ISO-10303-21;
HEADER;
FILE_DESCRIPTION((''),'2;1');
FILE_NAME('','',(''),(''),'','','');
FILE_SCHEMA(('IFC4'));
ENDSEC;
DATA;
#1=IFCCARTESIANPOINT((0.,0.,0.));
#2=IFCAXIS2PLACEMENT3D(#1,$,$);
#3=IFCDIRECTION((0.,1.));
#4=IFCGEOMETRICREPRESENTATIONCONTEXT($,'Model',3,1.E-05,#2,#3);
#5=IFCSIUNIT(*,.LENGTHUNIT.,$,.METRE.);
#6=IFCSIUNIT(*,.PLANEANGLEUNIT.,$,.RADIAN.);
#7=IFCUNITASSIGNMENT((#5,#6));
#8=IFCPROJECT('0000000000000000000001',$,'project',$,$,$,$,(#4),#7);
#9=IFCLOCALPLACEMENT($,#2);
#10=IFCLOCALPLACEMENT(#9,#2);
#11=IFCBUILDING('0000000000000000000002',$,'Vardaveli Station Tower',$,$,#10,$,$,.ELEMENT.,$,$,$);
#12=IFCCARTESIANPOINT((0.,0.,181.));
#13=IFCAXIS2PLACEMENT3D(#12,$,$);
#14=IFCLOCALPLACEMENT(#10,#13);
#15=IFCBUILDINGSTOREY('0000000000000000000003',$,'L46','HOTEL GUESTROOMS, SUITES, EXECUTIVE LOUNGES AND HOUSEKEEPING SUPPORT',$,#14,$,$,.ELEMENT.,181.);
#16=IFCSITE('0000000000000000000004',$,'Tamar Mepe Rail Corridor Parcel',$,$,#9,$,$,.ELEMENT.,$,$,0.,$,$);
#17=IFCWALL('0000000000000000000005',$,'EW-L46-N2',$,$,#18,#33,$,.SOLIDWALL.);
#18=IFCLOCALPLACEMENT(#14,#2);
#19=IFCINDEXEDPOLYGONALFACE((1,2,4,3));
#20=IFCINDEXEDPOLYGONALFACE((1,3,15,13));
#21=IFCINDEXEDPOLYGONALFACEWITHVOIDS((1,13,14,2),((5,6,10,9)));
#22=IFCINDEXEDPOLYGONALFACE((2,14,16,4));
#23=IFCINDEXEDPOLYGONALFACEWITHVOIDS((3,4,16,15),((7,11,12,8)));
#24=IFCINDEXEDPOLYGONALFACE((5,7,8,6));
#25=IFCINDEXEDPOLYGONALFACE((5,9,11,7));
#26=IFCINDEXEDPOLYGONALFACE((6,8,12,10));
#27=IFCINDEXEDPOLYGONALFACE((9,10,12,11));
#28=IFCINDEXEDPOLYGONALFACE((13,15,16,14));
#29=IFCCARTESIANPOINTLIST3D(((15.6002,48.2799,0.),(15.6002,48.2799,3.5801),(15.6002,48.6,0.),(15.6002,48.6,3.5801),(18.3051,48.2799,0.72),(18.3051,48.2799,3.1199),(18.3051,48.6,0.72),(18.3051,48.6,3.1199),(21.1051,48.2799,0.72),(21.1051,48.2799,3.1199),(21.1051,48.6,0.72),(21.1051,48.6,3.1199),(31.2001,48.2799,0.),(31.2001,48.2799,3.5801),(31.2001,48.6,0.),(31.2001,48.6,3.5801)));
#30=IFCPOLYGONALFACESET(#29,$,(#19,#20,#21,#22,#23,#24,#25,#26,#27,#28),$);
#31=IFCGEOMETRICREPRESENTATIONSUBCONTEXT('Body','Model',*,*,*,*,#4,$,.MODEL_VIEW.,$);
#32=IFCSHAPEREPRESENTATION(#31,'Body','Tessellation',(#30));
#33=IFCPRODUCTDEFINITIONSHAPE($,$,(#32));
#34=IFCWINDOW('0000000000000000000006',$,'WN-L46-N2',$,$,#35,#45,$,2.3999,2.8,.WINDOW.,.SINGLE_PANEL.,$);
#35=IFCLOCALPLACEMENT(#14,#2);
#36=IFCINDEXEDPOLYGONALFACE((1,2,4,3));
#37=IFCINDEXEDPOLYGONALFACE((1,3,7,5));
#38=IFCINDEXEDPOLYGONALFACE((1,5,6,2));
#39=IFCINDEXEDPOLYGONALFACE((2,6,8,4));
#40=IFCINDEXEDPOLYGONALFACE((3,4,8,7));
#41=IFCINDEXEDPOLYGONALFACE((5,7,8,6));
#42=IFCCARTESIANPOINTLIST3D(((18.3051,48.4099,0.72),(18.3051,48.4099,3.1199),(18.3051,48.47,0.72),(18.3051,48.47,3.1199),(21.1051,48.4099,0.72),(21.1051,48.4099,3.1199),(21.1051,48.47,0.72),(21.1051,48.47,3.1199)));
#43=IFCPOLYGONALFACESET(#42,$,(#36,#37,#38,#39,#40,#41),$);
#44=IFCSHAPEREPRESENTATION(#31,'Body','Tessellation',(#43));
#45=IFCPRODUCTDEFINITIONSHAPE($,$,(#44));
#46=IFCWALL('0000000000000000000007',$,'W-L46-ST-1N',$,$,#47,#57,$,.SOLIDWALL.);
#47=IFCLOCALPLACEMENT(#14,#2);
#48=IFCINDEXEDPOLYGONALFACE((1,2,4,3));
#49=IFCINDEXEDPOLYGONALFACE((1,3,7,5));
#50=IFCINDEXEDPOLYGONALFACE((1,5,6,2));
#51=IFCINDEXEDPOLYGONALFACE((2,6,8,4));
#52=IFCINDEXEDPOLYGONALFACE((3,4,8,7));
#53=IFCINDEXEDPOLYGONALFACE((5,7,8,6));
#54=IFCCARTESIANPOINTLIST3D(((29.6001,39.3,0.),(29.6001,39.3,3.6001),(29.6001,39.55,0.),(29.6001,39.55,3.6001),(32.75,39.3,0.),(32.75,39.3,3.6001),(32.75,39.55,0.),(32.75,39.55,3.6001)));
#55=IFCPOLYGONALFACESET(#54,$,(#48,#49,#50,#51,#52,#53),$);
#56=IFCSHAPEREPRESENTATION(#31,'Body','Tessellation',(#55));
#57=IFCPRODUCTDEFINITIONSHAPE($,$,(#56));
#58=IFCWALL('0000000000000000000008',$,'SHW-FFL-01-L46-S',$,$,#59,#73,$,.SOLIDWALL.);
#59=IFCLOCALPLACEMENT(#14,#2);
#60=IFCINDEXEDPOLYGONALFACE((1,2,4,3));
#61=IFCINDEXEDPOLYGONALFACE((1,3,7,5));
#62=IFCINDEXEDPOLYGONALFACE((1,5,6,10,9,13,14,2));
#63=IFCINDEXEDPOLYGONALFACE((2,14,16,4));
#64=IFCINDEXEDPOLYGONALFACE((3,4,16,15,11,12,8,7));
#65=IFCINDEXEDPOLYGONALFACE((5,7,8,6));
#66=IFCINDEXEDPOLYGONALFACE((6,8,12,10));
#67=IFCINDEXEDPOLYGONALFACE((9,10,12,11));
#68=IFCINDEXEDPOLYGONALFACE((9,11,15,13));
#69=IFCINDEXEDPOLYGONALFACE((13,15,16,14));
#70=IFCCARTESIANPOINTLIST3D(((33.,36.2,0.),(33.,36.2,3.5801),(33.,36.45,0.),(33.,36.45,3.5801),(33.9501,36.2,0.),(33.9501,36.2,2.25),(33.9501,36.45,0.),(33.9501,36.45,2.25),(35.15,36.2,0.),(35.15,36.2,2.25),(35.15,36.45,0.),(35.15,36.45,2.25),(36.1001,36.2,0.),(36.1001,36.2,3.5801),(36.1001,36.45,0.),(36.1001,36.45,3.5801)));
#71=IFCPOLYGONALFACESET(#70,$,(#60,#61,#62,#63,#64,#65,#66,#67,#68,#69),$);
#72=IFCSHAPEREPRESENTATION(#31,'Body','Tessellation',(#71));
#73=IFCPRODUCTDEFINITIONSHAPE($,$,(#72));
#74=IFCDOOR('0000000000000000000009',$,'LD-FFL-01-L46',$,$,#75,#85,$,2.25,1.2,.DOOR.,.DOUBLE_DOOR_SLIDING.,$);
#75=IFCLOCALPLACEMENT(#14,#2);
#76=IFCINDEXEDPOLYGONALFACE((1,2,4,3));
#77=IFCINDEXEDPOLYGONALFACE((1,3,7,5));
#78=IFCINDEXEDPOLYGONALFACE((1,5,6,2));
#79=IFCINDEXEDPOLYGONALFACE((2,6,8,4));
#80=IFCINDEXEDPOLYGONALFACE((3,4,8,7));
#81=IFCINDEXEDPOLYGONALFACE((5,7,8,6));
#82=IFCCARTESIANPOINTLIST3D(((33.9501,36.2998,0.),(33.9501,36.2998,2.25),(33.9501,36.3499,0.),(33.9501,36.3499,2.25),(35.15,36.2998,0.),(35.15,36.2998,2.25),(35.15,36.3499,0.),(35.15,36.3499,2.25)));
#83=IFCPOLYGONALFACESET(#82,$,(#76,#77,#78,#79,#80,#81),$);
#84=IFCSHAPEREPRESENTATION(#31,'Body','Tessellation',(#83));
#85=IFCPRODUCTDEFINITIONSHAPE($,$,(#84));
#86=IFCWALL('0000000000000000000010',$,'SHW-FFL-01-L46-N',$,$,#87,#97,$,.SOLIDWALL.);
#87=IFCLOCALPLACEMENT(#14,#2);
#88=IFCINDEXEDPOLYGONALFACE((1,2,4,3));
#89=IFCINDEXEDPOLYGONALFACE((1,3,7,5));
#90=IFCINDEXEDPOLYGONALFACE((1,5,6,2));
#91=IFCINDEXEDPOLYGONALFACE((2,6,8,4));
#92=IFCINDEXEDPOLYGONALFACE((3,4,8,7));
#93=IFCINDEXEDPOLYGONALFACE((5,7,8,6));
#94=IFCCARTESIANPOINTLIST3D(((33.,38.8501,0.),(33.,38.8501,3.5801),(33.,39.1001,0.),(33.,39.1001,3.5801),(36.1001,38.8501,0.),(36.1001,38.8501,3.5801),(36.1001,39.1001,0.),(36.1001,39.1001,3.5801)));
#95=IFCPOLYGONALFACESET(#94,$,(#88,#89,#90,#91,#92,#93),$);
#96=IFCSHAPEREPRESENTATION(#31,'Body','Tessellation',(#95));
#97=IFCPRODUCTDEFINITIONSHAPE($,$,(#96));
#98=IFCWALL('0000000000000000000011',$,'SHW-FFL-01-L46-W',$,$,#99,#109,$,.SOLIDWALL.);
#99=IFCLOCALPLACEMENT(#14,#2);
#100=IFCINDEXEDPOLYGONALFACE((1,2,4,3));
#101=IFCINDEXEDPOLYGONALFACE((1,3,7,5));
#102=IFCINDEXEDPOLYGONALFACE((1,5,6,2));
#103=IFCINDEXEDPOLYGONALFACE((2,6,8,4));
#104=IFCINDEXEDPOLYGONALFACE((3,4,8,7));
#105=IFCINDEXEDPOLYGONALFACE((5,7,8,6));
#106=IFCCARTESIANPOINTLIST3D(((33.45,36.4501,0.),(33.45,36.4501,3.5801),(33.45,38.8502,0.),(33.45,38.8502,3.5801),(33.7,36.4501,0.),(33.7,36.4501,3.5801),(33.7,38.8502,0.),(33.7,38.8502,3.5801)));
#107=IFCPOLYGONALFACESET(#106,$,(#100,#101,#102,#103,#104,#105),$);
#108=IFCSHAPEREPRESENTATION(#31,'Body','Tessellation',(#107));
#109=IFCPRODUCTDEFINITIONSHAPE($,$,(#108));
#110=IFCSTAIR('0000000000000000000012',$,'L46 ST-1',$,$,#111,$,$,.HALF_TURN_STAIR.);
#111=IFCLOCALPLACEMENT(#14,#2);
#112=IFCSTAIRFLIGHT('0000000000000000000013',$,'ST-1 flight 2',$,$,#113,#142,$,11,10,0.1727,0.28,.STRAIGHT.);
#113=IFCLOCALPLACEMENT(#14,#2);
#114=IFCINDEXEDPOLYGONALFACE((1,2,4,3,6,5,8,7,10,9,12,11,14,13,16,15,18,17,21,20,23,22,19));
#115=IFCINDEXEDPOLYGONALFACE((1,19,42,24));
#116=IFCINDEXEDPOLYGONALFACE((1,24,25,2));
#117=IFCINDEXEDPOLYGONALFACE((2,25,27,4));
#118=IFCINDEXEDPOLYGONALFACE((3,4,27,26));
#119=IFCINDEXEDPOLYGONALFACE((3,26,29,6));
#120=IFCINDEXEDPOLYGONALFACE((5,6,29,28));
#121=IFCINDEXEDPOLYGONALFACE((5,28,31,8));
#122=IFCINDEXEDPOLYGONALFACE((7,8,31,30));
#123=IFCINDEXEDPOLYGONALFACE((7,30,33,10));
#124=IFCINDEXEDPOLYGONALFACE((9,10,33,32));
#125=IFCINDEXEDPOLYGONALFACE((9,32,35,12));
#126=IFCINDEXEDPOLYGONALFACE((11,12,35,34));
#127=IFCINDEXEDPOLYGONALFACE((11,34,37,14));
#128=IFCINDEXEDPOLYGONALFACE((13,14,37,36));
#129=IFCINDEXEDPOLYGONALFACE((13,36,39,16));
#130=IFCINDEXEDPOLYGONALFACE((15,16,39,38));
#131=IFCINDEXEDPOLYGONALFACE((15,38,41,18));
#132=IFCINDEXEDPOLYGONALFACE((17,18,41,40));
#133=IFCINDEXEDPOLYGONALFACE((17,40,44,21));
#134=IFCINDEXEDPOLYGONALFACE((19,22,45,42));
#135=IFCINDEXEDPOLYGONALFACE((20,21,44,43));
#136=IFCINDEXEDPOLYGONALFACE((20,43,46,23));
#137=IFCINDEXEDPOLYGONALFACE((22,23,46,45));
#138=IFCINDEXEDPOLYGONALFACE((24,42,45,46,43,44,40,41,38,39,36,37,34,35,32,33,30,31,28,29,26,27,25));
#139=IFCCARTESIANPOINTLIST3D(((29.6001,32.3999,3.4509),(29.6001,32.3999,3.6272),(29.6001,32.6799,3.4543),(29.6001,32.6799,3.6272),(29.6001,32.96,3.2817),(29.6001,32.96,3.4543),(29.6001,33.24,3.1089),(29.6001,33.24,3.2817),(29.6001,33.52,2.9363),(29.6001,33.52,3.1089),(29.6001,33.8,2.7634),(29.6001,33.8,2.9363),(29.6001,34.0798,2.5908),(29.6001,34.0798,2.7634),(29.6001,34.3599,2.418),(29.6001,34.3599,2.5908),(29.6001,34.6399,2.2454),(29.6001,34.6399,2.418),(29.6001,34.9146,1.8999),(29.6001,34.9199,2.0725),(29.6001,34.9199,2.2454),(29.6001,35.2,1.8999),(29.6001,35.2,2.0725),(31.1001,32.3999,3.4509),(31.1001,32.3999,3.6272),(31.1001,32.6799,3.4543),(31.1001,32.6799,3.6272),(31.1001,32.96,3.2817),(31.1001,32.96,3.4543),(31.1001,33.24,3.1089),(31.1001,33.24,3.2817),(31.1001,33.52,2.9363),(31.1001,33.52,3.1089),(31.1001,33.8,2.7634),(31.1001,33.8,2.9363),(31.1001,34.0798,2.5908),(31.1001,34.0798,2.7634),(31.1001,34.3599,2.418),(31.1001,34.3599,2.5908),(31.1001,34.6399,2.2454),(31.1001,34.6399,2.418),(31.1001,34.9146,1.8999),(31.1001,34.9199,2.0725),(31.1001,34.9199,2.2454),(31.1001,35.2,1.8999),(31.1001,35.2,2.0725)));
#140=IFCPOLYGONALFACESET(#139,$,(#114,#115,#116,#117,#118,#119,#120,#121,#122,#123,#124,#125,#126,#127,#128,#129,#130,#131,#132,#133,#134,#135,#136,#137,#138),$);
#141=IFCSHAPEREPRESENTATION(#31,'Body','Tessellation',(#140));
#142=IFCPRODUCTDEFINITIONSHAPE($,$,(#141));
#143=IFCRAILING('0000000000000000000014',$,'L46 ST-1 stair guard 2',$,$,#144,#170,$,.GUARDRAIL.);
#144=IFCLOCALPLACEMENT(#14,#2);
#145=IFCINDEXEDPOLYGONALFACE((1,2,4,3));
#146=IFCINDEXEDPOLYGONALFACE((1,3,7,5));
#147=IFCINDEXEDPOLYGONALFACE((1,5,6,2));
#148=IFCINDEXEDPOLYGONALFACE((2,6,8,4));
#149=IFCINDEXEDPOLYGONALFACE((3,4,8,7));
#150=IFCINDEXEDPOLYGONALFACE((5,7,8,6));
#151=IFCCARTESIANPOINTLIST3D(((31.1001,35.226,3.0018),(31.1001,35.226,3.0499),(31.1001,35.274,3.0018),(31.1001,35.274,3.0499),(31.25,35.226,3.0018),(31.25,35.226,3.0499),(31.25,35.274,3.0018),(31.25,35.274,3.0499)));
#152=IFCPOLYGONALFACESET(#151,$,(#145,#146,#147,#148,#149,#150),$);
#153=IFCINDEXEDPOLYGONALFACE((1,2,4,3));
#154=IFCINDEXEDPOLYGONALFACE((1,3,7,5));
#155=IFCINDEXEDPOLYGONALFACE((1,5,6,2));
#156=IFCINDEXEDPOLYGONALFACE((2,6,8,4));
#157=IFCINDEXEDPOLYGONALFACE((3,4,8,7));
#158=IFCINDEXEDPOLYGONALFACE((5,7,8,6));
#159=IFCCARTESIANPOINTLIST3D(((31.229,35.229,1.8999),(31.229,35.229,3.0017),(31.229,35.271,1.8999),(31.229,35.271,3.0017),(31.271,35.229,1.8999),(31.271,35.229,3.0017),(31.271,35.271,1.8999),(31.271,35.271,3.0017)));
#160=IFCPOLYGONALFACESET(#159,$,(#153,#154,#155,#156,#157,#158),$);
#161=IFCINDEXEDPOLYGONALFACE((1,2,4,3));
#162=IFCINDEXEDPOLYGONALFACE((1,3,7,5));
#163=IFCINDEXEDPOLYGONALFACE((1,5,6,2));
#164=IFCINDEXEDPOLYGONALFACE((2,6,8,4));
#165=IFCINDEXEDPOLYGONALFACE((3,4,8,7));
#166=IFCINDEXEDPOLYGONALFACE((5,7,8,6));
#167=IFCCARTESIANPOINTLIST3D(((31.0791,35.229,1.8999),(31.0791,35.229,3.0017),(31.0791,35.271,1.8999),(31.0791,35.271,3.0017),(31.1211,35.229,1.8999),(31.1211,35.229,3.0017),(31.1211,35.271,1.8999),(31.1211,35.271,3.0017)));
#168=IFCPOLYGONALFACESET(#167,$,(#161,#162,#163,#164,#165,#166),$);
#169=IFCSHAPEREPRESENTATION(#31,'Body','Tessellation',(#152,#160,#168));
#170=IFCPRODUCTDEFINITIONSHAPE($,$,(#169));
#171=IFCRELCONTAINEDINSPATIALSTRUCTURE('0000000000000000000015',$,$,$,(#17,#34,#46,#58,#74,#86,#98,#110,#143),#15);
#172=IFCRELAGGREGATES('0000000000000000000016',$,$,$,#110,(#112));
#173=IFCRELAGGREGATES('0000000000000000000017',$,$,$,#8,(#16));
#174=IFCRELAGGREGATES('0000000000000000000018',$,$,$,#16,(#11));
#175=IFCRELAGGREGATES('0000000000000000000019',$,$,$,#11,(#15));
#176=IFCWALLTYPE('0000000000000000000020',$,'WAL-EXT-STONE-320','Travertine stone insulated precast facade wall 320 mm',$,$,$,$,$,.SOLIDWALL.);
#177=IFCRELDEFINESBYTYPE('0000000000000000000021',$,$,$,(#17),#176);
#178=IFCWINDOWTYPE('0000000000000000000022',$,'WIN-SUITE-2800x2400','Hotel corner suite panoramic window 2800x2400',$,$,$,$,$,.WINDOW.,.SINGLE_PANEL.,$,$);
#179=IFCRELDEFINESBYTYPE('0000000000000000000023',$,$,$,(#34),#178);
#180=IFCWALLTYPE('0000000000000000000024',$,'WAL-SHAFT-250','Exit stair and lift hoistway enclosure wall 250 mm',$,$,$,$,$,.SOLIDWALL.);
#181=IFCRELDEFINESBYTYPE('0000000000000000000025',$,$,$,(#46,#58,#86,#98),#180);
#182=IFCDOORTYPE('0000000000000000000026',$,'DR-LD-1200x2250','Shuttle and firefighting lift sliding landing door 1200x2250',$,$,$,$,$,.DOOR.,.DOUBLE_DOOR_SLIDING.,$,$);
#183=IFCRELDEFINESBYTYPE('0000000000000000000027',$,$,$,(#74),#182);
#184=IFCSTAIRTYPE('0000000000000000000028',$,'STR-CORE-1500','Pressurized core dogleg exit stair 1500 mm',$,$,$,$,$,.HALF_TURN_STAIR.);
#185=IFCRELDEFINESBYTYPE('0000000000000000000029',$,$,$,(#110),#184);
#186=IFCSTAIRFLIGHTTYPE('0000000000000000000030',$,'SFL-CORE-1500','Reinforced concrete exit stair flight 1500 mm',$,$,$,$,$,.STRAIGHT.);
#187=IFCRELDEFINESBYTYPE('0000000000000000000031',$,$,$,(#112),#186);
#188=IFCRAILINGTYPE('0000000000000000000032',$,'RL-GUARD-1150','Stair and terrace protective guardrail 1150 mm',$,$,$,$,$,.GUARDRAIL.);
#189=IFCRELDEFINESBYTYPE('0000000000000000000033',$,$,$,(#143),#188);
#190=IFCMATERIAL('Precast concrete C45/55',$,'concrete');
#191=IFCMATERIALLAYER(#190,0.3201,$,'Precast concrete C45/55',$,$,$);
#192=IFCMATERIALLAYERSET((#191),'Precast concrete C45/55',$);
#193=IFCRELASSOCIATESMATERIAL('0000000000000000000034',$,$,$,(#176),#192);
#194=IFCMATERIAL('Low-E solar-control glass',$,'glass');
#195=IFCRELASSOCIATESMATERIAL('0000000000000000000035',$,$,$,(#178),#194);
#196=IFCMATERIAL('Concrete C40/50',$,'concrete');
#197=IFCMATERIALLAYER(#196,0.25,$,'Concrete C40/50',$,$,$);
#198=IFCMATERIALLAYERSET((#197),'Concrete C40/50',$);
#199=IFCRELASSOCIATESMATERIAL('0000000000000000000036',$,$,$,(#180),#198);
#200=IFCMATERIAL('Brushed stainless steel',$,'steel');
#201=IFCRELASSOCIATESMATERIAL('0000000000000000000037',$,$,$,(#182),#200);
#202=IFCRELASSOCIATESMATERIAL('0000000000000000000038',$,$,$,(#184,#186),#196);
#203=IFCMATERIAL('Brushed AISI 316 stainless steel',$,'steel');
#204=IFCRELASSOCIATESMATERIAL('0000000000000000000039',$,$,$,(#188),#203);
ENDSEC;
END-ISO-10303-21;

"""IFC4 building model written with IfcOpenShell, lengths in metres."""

from ifc_helpers import new_model, si_unit, direction, frame, frame_2d, origin, origin_2d, place, context, subcontext, project, spatial, polyline, rectangle, outline, extrude, source, transform, mapped, material, layer, layer_set, type_object, element, fill, aggregate, save


model = new_model("IFC4")

# Units and contexts
model_context = context("Model", 3, precision=1e-05, world=origin(), true_north=direction((0.0, 1.0)))
body_context = subcontext(model_context, "Body", "Model", "MODEL_VIEW")
ifc_project = project(units=[si_unit("LENGTHUNIT", "METRE"), si_unit("PLANEANGLEUNIT", "RADIAN")], contexts=[model_context])

# Site, building, storey
site_placement = place(None, origin())
site = spatial("IfcSite", under=ifc_project, at=site_placement, Name="Tamar Mepe Rail Corridor Parcel", CompositionType="ELEMENT", RefElevation=0.0)
building_placement = place(site_placement, origin())
building = spatial("IfcBuilding", under=site, at=building_placement, Name="Vardaveli Station Tower", CompositionType="ELEMENT")
storey_placement = place(building_placement, frame((0.0, 0.0, 181.0)))
storey = spatial("IfcBuildingStorey", under=building, at=storey_placement, Name="L46", Description="HOTEL GUESTROOMS, SUITES, EXECUTIVE LOUNGES AND HOUSEKEEPING SUPPORT", CompositionType="ELEMENT", Elevation=181.0)

# Shared definitions
ifc_material_1 = material(Name="Precast concrete C45/55", Category="concrete")

# Wall, opening, window
ifc_layer_1 = layer(ifc_material_1, 0.3201, Name="Precast concrete C45/55")
ifc_layer_set_1 = layer_set([ifc_layer_1], Name="Precast concrete C45/55")
wall_type_1 = type_object("IfcWallType", Name="WAL-EXT-STONE-320", Description="Travertine stone insulated precast facade wall 320 mm", PredefinedType="SOLIDWALL", material=ifc_layer_set_1)
shared_shape_1 = source(origin(), body_context, "Body", "SweptSolid", [
    extrude(rectangle(XDim=15.5999, YDim=0.3201, at=frame_2d((7.7998, 0.0))), origin(), (0.0, 0.0, 1.0), 3.5801),
])
wall_1_placement = place(storey_placement, frame((31.2, 48.4399, 0.0), z_axis=(0.0, 0.0, 1.0), x_axis=(-1.0, 0.0, 0.0)))
wall_1 = element("IfcWall", 1, at=wall_1_placement, inside=storey, type_object=wall_type_1, Name="EW-L46-N2", PredefinedType="SOLIDWALL", context=body_context, shape_type="MappedRepresentation", body=[
    mapped(shared_shape_1, transform((0.0, 0.0, 0.0), scale=1.0)),
])
shared_shape_2 = source(origin(), body_context, "Body", "SweptSolid", [
    extrude(rectangle(XDim=2.8, YDim=2.3999, at=frame_2d((1.3999, 1.2))), frame((0.0, 0.1699, 0.0), z_axis=(0.0, -1.0, 0.0), x_axis=(1.0, 0.0, 0.0)), (0.0, 0.0, 1.0), 0.3401),
])
opening_1_placement = place(wall_1_placement, frame((10.095, 0.0, 0.72)))
opening_1 = element("IfcOpeningElement", 2, at=opening_1_placement, cuts=wall_1, PredefinedType="OPENING", context=body_context, shape_type="MappedRepresentation", body=[
    mapped(shared_shape_2, transform((0.0, 0.0, 0.0), scale=1.0)),
])
ifc_material_2 = material(Name="Low-E solar-control glass", Category="glass")
window_type = type_object("IfcWindowType", Name="WIN-SUITE-2800x2400", Description="Hotel corner suite panoramic window 2800x2400", PartitioningType="SINGLE_PANEL", PredefinedType="WINDOW", material=ifc_material_2)
shared_shape_3 = source(origin(), body_context, "Body", "SweptSolid", [
    extrude(rectangle(XDim=2.8, YDim=2.3999, at=frame_2d((1.3999, 1.2))), frame((0.0, 0.03, 0.0), z_axis=(0.0, -1.0, 0.0), x_axis=(1.0, 0.0, 0.0)), (0.0, 0.0, 1.0), 0.0601),
])
window_placement = place(opening_1_placement, origin())
window = element("IfcWindow", 3, at=window_placement, inside=storey, type_object=window_type, Name="WN-L46-N2", OverallHeight=2.3999, OverallWidth=2.8, PartitioningType="SINGLE_PANEL", PredefinedType="WINDOW", context=body_context, shape_type="MappedRepresentation", body=[
    mapped(shared_shape_3, transform((0.0, 0.0, 0.0), scale=1.0)),
])
fill(opening_1, window)

# Wall
ifc_material_3 = material(Name="Concrete C40/50", Category="concrete")
ifc_layer_2 = layer(ifc_material_3, 0.25, Name="Concrete C40/50")
ifc_layer_set_2 = layer_set([ifc_layer_2], Name="Concrete C40/50")
wall_type_2 = type_object("IfcWallType", Name="WAL-SHAFT-250", Description="Exit stair and lift hoistway enclosure wall 250 mm", PredefinedType="SOLIDWALL", material=ifc_layer_set_2)
shared_shape_4 = source(origin(), body_context, "Body", "SweptSolid", [
    extrude(rectangle(XDim=3.1499, YDim=0.25, at=frame_2d((1.575, 0.0))), origin(), (0.0, 0.0, 1.0), 3.6001),
])
wall_2_placement = place(storey_placement, frame((29.6001, 39.425, 0.0), z_axis=(0.0, 0.0, 1.0), x_axis=(1.0, 0.0, 0.0)))
element("IfcWall", 4, at=wall_2_placement, inside=storey, type_object=wall_type_2, Name="W-L46-ST-1N", PredefinedType="SOLIDWALL", context=body_context, shape_type="MappedRepresentation", body=[
    mapped(shared_shape_4, transform((0.0, 0.0, 0.0), scale=1.0)),
])

# Wall, opening, door
shared_shape_5 = source(origin(), body_context, "Body", "SweptSolid", [
    extrude(rectangle(XDim=3.1001, YDim=0.25, at=frame_2d((1.55, 0.0))), origin(), (0.0, 0.0, 1.0), 3.5801),
])
wall_3_placement = place(storey_placement, frame((33.0, 36.325, 0.0), z_axis=(0.0, 0.0, 1.0), x_axis=(1.0, 0.0, 0.0)))
wall_3 = element("IfcWall", 5, at=wall_3_placement, inside=storey, type_object=wall_type_2, Name="SHW-FFL-01-L46-S", PredefinedType="SOLIDWALL", context=body_context, shape_type="MappedRepresentation", body=[
    mapped(shared_shape_5, transform((0.0, 0.0, 0.0), scale=1.0)),
])
shared_shape_6 = source(origin(), body_context, "Body", "SweptSolid", [
    extrude(rectangle(XDim=1.2, YDim=2.25, at=frame_2d((0.6001, 1.125))), frame((0.0, 0.135, 0.0), z_axis=(0.0, -1.0, 0.0), x_axis=(1.0, 0.0, 0.0)), (0.0, 0.0, 1.0), 0.27),
])
opening_2_placement = place(wall_3_placement, frame((0.95, 0.0, 0.0)))
opening_2 = element("IfcOpeningElement", 6, at=opening_2_placement, cuts=wall_3, PredefinedType="OPENING", context=body_context, shape_type="MappedRepresentation", body=[
    mapped(shared_shape_6, transform((0.0, 0.0, 0.0), scale=1.0)),
])
ifc_material_4 = material(Name="Brushed stainless steel", Category="steel")
door_type = type_object("IfcDoorType", Name="DR-LD-1200x2250", Description="Shuttle and firefighting lift sliding landing door 1200x2250", OperationType="DOUBLE_DOOR_SLIDING", PredefinedType="DOOR", material=ifc_material_4)
shared_shape_7 = source(origin(), body_context, "Body", "SweptSolid", [
    extrude(rectangle(XDim=1.2, YDim=2.25, at=frame_2d((0.6001, 1.125))), frame((0.0, 0.0249, 0.0), z_axis=(0.0, -1.0, 0.0), x_axis=(1.0, 0.0, 0.0)), (0.0, 0.0, 1.0), 0.05),
])
door_placement = place(opening_2_placement, origin())
door = element("IfcDoor", 7, at=door_placement, inside=storey, type_object=door_type, Name="LD-FFL-01-L46", OperationType="DOUBLE_DOOR_SLIDING", OverallHeight=2.25, OverallWidth=1.2, PredefinedType="DOOR", context=body_context, shape_type="MappedRepresentation", body=[
    mapped(shared_shape_7, transform((0.0, 0.0, 0.0), scale=1.0)),
])
fill(opening_2, door)

# Walls
wall_4_placement = place(storey_placement, frame((33.0, 38.9751, 0.0), z_axis=(0.0, 0.0, 1.0), x_axis=(1.0, 0.0, 0.0)))
element("IfcWall", 8, at=wall_4_placement, inside=storey, type_object=wall_type_2, Name="SHW-FFL-01-L46-N", PredefinedType="SOLIDWALL", context=body_context, shape_type="MappedRepresentation", body=[
    mapped(shared_shape_5, transform((0.0, 0.0, 0.0), scale=1.0)),
])
shared_shape_8 = source(origin(), body_context, "Body", "SweptSolid", [
    extrude(rectangle(XDim=2.4001, YDim=0.25, at=frame_2d((1.2002, 0.0))), origin(), (0.0, 0.0, 1.0), 3.5801),
])
wall_5_placement = place(storey_placement, frame((33.575, 36.45, 0.0), z_axis=(0.0, 0.0, 1.0), x_axis=(0.0, 1.0, 0.0)))
element("IfcWall", 9, at=wall_5_placement, inside=storey, type_object=wall_type_2, Name="SHW-FFL-01-L46-W", PredefinedType="SOLIDWALL", context=body_context, shape_type="MappedRepresentation", body=[
    mapped(shared_shape_8, transform((0.0, 0.0, 0.0), scale=1.0)),
])

# Stair, stair flight
stair_type = type_object("IfcStairType", Name="STR-CORE-1500", Description="Pressurized core dogleg exit stair 1500 mm", PredefinedType="HALF_TURN_STAIR", material=ifc_material_3)
stair_placement = place(storey_placement, origin())
stair = element("IfcStair", 10, at=stair_placement, inside=storey, type_object=stair_type, Name="L46 ST-1", PredefinedType="HALF_TURN_STAIR")
stair_flight_type = type_object("IfcStairFlightType", Name="SFL-CORE-1500", Description="Reinforced concrete exit stair flight 1500 mm", PredefinedType="STRAIGHT", material=ifc_material_3)
shared_shape_9 = source(origin(), body_context, "Body", "SweptSolid", [
    extrude(outline(polyline([(0.0, 0.0), (0.0, 0.1726), (0.28, 0.1726), (0.28, 0.3455), (0.5601, 0.3455), (0.5601, 0.5181), (0.8401, 0.5181), (0.8401, 0.6909), (1.1201, 0.6909), (1.1201, 0.8635), (1.3999, 0.8635), (1.3999, 1.0364), (1.6799, 1.0364), (1.6799, 1.209), (1.96, 1.209), (1.96, 1.3818), (2.24, 1.3818), (2.24, 1.5544), (2.52, 1.5544), (2.52, 1.7273), (2.8, 1.7273), (2.8, 1.8999), (2.8, 1.551), (0.2854, 0.0), (0.0, 0.0)])), frame((0.0, 0.75, 0.0), z_axis=(0.0, -1.0, 0.0), x_axis=(1.0, 0.0, 0.0)), (0.0, 0.0, 1.0), 1.5),
])
stair_flight_placement = place(storey_placement, frame((30.3501, 35.2, 1.8999), z_axis=(0.0, 0.0, 1.0), x_axis=(0.0, -1.0, 0.0)))
stair_flight = element("IfcStairFlight", 11, at=stair_flight_placement, type_object=stair_flight_type, Name="ST-1 flight 2", NumberOfRisers=11, NumberOfTreads=10, PredefinedType="STRAIGHT", RiserHeight=0.1727, TreadLength=0.28, context=body_context, shape_type="MappedRepresentation", body=[
    mapped(shared_shape_9, transform((0.0, 0.0, 0.0), scale=1.0)),
])
aggregate(stair, [stair_flight])

# Railing
ifc_material_5 = material(Name="Brushed AISI 316 stainless steel", Category="steel")
railing_type_1 = type_object("IfcRailingType", Name="RL-GUARD-1150", Description="Stair and terrace protective guardrail 1150 mm", PredefinedType="GUARDRAIL", material=ifc_material_5)
shared_shape_10 = source(origin(), body_context, "Body", "SweptSolid", [
    extrude(rectangle(XDim=0.0481, YDim=0.0481, at=origin_2d()), frame((0.0, 0.0, 1.126), z_axis=(-1.0, 0.0, 0.0), x_axis=(0.0, -1.0, 0.0)), (0.0, 0.0, 1.0), 0.1499),
    extrude(rectangle(XDim=0.042, YDim=0.042, at=origin_2d()), origin(), (0.0, 0.0, 1.0), 1.1018),
    extrude(rectangle(XDim=0.042, YDim=0.042, at=origin_2d()), frame((-0.1499, 0.0, 0.0)), (0.0, 0.0, 1.0), 1.1018),
])
railing_1_placement = place(storey_placement, frame((31.25, 35.25, 1.8999)))
element("IfcRailing", 12, at=railing_1_placement, inside=storey, type_object=railing_type_1, Name="L46 ST-1 stair guard 2", PredefinedType="GUARDRAIL", context=body_context, shape_type="MappedRepresentation", body=[
    mapped(shared_shape_10, transform((0.0, 0.0, 0.0), scale=1.0)),
])

save(model, "model.ifc")
